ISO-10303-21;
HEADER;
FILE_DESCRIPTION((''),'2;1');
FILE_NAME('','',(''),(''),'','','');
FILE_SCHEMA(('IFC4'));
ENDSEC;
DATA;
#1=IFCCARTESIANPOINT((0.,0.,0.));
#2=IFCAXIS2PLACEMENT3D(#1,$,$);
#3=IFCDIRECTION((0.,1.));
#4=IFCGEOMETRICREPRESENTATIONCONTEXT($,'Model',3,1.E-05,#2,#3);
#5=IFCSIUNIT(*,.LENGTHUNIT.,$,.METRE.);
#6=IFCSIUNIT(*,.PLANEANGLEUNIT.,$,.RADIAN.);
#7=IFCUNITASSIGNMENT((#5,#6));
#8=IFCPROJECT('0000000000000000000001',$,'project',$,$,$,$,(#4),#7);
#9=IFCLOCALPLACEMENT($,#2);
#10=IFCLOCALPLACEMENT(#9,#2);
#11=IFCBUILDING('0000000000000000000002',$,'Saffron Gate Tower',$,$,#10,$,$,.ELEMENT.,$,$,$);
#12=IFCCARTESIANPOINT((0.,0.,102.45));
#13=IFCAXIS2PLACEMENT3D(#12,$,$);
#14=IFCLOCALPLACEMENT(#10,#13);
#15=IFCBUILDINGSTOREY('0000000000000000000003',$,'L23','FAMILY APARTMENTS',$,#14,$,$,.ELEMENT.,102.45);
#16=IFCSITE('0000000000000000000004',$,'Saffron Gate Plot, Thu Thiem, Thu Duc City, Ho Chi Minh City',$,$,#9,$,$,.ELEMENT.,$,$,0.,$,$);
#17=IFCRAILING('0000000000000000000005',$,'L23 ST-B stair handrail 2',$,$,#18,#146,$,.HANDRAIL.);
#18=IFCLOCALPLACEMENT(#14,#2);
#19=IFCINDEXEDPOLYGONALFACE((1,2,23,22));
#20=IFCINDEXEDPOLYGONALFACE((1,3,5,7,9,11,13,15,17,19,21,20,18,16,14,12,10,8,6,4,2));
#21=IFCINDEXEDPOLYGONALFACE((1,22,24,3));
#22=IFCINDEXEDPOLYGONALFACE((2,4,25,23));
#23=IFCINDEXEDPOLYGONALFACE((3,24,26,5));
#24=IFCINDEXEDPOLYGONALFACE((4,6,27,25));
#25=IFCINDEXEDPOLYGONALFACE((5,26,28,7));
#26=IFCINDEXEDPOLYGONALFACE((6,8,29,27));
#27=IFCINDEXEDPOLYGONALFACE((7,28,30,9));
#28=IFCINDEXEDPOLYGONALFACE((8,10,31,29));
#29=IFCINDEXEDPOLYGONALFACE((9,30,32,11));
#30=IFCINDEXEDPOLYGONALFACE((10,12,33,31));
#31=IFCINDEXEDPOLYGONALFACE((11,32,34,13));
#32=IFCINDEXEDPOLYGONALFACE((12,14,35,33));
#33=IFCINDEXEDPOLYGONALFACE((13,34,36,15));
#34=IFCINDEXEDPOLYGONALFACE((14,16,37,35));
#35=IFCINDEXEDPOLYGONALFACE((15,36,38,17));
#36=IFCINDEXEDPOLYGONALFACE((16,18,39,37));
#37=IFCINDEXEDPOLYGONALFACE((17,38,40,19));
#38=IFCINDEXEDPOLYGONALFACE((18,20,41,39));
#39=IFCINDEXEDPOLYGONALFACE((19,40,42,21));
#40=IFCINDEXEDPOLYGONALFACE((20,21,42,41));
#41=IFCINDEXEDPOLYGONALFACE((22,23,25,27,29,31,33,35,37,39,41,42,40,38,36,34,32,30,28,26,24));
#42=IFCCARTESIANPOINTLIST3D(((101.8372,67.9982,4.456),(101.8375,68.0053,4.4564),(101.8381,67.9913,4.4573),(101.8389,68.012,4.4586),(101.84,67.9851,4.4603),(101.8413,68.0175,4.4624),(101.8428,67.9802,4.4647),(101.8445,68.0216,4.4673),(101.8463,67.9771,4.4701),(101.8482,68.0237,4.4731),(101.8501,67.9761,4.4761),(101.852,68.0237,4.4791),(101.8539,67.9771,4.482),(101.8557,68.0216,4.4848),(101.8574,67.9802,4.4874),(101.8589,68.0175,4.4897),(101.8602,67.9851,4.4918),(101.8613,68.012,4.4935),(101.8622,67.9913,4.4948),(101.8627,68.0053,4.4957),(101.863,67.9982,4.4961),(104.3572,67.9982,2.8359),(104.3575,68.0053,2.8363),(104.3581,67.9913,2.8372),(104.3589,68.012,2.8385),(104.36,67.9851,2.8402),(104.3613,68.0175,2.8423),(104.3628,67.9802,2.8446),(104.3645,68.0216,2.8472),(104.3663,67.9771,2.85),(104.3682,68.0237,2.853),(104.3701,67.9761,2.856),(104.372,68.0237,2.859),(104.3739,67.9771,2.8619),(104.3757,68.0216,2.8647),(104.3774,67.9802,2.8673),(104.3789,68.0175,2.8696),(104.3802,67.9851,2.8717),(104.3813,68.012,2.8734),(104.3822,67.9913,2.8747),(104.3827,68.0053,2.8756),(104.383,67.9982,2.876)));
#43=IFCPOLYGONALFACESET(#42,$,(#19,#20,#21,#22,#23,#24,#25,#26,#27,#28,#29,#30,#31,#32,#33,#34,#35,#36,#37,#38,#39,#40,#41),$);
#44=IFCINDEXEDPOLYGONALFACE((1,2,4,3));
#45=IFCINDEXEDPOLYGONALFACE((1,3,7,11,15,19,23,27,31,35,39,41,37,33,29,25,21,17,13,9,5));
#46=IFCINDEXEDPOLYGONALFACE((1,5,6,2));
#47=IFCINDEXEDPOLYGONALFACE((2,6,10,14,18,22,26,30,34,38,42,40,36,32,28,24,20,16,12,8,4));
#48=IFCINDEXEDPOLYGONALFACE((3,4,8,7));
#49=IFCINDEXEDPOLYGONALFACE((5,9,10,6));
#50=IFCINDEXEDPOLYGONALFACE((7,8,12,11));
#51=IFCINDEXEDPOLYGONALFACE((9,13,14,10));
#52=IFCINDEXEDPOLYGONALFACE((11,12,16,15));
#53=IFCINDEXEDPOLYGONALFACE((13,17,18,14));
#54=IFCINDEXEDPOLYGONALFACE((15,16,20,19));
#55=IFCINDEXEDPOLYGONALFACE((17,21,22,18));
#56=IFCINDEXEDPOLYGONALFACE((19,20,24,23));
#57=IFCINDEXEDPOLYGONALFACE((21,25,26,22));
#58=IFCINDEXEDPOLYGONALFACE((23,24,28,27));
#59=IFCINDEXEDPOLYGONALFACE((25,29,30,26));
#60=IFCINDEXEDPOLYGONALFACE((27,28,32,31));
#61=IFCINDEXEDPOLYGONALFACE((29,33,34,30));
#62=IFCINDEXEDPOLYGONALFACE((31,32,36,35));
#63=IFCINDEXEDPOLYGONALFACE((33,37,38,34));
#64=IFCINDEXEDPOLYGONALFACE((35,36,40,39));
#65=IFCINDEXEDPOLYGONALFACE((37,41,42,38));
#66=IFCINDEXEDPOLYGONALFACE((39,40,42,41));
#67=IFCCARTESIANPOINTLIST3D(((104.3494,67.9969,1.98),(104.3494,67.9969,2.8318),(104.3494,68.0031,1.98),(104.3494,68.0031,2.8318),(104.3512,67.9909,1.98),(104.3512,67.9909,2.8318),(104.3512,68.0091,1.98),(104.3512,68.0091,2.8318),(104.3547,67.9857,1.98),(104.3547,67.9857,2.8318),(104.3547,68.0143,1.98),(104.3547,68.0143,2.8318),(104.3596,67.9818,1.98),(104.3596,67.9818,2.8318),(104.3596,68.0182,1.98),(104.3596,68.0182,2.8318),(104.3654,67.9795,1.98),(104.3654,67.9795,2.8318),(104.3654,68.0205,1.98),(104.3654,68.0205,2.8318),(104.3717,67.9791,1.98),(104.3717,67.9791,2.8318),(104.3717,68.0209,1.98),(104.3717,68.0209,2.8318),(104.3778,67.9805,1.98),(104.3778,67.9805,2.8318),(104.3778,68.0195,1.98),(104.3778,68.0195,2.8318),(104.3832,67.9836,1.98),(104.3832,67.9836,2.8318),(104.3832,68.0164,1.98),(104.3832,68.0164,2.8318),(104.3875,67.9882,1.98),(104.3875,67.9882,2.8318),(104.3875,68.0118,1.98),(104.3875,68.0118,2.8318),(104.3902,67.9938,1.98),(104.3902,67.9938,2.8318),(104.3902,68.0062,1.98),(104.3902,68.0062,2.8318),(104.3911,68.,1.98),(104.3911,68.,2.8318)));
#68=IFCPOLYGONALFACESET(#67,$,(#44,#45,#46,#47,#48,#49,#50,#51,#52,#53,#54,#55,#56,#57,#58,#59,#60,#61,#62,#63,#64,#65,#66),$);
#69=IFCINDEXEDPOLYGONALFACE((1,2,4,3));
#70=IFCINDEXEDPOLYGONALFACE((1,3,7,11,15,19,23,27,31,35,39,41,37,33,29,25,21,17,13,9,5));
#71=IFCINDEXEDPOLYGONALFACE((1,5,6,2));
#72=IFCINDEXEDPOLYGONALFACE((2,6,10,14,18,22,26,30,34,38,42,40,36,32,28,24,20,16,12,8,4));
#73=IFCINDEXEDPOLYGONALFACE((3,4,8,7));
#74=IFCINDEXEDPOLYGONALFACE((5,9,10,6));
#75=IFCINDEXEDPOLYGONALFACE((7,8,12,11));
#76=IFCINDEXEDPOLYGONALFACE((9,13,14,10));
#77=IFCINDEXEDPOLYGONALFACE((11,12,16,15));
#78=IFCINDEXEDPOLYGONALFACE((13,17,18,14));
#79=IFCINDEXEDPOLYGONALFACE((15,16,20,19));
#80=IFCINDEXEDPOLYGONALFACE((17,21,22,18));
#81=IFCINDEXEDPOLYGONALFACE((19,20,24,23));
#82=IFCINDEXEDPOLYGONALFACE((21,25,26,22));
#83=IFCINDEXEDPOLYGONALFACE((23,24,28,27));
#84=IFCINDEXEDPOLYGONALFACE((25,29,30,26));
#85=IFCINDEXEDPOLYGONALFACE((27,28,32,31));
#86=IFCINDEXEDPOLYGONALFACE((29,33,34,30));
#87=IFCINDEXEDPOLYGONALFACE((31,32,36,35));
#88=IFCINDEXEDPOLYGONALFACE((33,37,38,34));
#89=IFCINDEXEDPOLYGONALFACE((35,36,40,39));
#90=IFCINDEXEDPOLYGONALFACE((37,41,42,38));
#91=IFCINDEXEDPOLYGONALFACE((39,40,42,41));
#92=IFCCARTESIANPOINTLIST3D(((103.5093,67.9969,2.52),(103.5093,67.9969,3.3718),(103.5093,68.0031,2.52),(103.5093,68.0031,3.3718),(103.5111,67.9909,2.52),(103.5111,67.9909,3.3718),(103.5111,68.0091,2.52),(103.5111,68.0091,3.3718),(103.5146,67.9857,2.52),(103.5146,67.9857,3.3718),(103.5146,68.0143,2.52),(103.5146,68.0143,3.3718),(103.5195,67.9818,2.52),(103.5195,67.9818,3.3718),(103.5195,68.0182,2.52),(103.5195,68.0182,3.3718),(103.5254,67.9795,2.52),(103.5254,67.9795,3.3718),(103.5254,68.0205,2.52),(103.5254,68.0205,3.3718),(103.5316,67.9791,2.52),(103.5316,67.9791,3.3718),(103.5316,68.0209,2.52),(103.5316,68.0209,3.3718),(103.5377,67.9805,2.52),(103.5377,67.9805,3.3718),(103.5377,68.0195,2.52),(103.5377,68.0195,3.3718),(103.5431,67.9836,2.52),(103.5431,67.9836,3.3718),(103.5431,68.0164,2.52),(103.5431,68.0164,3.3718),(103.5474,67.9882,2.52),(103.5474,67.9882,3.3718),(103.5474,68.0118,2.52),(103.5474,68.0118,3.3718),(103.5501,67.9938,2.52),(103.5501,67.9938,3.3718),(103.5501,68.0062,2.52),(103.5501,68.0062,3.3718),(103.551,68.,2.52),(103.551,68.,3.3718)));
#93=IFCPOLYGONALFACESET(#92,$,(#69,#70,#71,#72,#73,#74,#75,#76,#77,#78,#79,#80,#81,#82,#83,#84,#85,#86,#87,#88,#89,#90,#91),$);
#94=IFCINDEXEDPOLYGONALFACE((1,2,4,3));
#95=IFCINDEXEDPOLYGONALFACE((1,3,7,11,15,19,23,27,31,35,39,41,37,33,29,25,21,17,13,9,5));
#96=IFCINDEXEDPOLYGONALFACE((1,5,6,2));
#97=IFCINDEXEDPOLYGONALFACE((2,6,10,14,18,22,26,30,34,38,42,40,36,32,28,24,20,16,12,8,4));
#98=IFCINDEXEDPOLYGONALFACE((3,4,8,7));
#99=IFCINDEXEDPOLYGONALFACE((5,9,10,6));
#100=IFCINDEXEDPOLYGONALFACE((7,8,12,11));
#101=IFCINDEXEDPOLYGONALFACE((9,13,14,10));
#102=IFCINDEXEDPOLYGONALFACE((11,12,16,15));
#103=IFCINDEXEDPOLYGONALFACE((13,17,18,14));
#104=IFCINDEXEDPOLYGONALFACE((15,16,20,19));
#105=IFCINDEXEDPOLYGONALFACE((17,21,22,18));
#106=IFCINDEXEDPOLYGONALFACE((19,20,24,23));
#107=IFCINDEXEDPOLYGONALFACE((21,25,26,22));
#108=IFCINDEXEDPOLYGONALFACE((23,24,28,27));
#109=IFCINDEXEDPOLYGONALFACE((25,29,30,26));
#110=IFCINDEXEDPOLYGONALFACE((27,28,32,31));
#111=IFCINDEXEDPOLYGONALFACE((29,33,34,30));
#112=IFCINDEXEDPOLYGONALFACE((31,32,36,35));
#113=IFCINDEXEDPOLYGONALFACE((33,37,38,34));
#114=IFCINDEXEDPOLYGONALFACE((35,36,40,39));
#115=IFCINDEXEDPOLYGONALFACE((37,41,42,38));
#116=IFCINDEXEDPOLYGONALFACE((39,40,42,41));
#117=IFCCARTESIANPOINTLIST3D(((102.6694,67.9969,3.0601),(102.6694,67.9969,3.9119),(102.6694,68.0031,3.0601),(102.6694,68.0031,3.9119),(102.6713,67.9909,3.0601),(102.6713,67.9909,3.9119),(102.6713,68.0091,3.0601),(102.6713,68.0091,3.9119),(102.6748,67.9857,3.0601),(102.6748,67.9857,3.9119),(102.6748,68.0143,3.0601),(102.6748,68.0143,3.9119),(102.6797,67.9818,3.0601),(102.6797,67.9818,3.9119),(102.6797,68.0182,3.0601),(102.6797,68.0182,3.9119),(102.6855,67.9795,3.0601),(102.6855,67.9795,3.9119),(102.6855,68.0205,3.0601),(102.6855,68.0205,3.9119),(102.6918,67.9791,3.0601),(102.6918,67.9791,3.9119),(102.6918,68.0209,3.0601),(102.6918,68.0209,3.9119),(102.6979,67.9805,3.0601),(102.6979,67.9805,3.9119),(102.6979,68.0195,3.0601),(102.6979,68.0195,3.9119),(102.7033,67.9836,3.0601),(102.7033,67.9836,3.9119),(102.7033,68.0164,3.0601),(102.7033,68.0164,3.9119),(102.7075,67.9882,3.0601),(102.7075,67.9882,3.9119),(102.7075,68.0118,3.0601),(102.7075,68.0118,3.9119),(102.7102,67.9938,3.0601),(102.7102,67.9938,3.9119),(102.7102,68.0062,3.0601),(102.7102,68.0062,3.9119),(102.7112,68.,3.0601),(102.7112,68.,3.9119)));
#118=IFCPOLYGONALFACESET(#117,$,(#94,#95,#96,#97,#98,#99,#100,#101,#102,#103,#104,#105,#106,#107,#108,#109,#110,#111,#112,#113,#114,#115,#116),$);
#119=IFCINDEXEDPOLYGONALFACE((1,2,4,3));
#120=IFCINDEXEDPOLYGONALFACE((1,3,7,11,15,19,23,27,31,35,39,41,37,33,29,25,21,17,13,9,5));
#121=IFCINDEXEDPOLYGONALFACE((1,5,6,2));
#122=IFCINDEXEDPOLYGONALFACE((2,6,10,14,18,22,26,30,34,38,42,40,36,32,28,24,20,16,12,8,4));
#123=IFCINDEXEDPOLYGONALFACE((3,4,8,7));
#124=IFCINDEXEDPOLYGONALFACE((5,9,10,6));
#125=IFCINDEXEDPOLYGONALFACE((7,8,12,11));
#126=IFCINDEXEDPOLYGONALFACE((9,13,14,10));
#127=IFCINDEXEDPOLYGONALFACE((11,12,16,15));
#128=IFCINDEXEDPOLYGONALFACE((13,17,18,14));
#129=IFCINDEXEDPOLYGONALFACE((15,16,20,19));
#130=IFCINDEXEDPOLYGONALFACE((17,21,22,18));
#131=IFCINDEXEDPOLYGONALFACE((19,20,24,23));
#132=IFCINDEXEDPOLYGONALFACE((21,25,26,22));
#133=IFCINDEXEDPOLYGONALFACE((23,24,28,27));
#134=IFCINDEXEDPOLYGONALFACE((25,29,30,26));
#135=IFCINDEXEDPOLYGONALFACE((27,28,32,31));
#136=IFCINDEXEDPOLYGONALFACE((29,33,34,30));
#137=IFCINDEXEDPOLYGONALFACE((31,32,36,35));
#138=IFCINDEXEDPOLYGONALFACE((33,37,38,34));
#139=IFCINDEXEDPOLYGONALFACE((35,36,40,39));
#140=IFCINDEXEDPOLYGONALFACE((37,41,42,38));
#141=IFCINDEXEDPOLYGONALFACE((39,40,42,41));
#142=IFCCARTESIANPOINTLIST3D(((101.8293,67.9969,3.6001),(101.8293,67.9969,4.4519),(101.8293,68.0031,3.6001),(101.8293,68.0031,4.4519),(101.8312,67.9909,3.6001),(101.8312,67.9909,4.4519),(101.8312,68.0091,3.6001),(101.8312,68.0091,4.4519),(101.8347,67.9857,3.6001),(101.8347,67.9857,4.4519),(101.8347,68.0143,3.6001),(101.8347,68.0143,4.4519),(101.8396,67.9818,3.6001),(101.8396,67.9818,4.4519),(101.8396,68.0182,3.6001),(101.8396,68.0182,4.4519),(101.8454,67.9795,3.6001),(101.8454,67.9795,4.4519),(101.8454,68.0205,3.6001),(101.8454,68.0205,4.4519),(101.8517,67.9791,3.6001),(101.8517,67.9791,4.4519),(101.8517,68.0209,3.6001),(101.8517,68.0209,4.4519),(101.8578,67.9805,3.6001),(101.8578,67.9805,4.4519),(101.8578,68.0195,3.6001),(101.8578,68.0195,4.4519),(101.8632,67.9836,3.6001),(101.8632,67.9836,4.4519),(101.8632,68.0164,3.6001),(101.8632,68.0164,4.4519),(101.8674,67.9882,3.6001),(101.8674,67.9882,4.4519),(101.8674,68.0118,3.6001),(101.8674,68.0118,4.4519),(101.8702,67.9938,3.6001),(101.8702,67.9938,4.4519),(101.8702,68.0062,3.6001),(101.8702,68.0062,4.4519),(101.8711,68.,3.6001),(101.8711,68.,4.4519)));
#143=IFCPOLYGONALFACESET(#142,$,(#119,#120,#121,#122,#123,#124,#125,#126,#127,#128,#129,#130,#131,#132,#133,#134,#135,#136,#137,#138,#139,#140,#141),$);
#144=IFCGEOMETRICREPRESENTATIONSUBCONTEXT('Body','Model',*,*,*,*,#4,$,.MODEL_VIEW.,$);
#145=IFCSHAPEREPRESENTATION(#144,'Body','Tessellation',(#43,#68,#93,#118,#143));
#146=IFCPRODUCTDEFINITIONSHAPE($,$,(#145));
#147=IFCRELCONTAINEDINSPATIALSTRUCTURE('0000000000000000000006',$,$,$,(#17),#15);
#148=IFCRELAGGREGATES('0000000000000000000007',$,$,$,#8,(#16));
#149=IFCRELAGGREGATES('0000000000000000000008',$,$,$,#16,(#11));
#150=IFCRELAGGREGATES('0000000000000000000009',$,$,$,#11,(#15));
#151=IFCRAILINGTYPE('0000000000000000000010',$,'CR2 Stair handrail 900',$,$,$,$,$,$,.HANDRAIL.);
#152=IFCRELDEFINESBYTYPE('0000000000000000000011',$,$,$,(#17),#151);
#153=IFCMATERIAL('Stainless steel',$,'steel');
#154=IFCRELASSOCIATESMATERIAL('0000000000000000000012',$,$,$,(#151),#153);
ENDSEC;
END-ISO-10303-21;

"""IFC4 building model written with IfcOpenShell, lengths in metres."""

from ifc_helpers import new_model, si_unit, direction, frame, origin, origin_2d, place, context, subcontext, project, spatial, circle, extrude, material, type_object, element, save


model = new_model("IFC4")

# Units and contexts
model_context = context("Model", 3, precision=1e-05, world=origin(), true_north=direction((0.0, 1.0)))
body_context = subcontext(model_context, "Body", "Model", "MODEL_VIEW")
ifc_project = project(units=[si_unit("LENGTHUNIT", "METRE"), si_unit("PLANEANGLEUNIT", "RADIAN")], contexts=[model_context])

# Site, building, storey
site_placement = place(None, origin())
site = spatial("IfcSite", under=ifc_project, at=site_placement, Name="Saffron Gate Plot, Thu Thiem, Thu Duc City, Ho Chi Minh City", CompositionType="ELEMENT", RefElevation=0.0)
building_placement = place(site_placement, origin())
building = spatial("IfcBuilding", under=site, at=building_placement, Name="Saffron Gate Tower", CompositionType="ELEMENT")
storey_placement = place(building_placement, frame((0.0, 0.0, 102.45)))
storey = spatial("IfcBuildingStorey", under=building, at=storey_placement, Name="L23", Description="FAMILY APARTMENTS", CompositionType="ELEMENT", Elevation=102.45)

# Railing
ifc_material_1 = material(Name="Stainless steel", Category="steel")
railing_type_1 = type_object("IfcRailingType", Name="CR2 Stair handrail 900", PredefinedType="HANDRAIL", material=ifc_material_1)
railing_1_placement = place(storey_placement, frame((104.3701, 68.0, 1.98)))
element("IfcRailing", 1, at=railing_1_placement, inside=storey, type_object=railing_type_1, Name="L23 ST-B stair handrail 2", PredefinedType="HANDRAIL", context=body_context, shape_type="SweptSolid", body=[
    extrude(circle(Radius=0.0239, at=origin_2d()), frame((0.0, 0.0, 0.876), z_axis=(-0.841163, 0.0, 0.540782), x_axis=(0.0, -1.0, 0.0)), (0.0, 0.0, 1.0), 2.9958),
    extrude(circle(Radius=0.021, at=origin_2d()), origin(), (0.0, 0.0, 1.0), 0.8518),
    extrude(circle(Radius=0.021, at=origin_2d()), frame((-0.8401, 0.0, 0.54)), (0.0, 0.0, 1.0), 0.8518),
    extrude(circle(Radius=0.021, at=origin_2d()), frame((-1.6799, 0.0, 1.0801)), (0.0, 0.0, 1.0), 0.8518),
    extrude(circle(Radius=0.021, at=origin_2d()), frame((-2.52, 0.0, 1.6201)), (0.0, 0.0, 1.0), 0.8518),
])

save(model, "model.ifc")
